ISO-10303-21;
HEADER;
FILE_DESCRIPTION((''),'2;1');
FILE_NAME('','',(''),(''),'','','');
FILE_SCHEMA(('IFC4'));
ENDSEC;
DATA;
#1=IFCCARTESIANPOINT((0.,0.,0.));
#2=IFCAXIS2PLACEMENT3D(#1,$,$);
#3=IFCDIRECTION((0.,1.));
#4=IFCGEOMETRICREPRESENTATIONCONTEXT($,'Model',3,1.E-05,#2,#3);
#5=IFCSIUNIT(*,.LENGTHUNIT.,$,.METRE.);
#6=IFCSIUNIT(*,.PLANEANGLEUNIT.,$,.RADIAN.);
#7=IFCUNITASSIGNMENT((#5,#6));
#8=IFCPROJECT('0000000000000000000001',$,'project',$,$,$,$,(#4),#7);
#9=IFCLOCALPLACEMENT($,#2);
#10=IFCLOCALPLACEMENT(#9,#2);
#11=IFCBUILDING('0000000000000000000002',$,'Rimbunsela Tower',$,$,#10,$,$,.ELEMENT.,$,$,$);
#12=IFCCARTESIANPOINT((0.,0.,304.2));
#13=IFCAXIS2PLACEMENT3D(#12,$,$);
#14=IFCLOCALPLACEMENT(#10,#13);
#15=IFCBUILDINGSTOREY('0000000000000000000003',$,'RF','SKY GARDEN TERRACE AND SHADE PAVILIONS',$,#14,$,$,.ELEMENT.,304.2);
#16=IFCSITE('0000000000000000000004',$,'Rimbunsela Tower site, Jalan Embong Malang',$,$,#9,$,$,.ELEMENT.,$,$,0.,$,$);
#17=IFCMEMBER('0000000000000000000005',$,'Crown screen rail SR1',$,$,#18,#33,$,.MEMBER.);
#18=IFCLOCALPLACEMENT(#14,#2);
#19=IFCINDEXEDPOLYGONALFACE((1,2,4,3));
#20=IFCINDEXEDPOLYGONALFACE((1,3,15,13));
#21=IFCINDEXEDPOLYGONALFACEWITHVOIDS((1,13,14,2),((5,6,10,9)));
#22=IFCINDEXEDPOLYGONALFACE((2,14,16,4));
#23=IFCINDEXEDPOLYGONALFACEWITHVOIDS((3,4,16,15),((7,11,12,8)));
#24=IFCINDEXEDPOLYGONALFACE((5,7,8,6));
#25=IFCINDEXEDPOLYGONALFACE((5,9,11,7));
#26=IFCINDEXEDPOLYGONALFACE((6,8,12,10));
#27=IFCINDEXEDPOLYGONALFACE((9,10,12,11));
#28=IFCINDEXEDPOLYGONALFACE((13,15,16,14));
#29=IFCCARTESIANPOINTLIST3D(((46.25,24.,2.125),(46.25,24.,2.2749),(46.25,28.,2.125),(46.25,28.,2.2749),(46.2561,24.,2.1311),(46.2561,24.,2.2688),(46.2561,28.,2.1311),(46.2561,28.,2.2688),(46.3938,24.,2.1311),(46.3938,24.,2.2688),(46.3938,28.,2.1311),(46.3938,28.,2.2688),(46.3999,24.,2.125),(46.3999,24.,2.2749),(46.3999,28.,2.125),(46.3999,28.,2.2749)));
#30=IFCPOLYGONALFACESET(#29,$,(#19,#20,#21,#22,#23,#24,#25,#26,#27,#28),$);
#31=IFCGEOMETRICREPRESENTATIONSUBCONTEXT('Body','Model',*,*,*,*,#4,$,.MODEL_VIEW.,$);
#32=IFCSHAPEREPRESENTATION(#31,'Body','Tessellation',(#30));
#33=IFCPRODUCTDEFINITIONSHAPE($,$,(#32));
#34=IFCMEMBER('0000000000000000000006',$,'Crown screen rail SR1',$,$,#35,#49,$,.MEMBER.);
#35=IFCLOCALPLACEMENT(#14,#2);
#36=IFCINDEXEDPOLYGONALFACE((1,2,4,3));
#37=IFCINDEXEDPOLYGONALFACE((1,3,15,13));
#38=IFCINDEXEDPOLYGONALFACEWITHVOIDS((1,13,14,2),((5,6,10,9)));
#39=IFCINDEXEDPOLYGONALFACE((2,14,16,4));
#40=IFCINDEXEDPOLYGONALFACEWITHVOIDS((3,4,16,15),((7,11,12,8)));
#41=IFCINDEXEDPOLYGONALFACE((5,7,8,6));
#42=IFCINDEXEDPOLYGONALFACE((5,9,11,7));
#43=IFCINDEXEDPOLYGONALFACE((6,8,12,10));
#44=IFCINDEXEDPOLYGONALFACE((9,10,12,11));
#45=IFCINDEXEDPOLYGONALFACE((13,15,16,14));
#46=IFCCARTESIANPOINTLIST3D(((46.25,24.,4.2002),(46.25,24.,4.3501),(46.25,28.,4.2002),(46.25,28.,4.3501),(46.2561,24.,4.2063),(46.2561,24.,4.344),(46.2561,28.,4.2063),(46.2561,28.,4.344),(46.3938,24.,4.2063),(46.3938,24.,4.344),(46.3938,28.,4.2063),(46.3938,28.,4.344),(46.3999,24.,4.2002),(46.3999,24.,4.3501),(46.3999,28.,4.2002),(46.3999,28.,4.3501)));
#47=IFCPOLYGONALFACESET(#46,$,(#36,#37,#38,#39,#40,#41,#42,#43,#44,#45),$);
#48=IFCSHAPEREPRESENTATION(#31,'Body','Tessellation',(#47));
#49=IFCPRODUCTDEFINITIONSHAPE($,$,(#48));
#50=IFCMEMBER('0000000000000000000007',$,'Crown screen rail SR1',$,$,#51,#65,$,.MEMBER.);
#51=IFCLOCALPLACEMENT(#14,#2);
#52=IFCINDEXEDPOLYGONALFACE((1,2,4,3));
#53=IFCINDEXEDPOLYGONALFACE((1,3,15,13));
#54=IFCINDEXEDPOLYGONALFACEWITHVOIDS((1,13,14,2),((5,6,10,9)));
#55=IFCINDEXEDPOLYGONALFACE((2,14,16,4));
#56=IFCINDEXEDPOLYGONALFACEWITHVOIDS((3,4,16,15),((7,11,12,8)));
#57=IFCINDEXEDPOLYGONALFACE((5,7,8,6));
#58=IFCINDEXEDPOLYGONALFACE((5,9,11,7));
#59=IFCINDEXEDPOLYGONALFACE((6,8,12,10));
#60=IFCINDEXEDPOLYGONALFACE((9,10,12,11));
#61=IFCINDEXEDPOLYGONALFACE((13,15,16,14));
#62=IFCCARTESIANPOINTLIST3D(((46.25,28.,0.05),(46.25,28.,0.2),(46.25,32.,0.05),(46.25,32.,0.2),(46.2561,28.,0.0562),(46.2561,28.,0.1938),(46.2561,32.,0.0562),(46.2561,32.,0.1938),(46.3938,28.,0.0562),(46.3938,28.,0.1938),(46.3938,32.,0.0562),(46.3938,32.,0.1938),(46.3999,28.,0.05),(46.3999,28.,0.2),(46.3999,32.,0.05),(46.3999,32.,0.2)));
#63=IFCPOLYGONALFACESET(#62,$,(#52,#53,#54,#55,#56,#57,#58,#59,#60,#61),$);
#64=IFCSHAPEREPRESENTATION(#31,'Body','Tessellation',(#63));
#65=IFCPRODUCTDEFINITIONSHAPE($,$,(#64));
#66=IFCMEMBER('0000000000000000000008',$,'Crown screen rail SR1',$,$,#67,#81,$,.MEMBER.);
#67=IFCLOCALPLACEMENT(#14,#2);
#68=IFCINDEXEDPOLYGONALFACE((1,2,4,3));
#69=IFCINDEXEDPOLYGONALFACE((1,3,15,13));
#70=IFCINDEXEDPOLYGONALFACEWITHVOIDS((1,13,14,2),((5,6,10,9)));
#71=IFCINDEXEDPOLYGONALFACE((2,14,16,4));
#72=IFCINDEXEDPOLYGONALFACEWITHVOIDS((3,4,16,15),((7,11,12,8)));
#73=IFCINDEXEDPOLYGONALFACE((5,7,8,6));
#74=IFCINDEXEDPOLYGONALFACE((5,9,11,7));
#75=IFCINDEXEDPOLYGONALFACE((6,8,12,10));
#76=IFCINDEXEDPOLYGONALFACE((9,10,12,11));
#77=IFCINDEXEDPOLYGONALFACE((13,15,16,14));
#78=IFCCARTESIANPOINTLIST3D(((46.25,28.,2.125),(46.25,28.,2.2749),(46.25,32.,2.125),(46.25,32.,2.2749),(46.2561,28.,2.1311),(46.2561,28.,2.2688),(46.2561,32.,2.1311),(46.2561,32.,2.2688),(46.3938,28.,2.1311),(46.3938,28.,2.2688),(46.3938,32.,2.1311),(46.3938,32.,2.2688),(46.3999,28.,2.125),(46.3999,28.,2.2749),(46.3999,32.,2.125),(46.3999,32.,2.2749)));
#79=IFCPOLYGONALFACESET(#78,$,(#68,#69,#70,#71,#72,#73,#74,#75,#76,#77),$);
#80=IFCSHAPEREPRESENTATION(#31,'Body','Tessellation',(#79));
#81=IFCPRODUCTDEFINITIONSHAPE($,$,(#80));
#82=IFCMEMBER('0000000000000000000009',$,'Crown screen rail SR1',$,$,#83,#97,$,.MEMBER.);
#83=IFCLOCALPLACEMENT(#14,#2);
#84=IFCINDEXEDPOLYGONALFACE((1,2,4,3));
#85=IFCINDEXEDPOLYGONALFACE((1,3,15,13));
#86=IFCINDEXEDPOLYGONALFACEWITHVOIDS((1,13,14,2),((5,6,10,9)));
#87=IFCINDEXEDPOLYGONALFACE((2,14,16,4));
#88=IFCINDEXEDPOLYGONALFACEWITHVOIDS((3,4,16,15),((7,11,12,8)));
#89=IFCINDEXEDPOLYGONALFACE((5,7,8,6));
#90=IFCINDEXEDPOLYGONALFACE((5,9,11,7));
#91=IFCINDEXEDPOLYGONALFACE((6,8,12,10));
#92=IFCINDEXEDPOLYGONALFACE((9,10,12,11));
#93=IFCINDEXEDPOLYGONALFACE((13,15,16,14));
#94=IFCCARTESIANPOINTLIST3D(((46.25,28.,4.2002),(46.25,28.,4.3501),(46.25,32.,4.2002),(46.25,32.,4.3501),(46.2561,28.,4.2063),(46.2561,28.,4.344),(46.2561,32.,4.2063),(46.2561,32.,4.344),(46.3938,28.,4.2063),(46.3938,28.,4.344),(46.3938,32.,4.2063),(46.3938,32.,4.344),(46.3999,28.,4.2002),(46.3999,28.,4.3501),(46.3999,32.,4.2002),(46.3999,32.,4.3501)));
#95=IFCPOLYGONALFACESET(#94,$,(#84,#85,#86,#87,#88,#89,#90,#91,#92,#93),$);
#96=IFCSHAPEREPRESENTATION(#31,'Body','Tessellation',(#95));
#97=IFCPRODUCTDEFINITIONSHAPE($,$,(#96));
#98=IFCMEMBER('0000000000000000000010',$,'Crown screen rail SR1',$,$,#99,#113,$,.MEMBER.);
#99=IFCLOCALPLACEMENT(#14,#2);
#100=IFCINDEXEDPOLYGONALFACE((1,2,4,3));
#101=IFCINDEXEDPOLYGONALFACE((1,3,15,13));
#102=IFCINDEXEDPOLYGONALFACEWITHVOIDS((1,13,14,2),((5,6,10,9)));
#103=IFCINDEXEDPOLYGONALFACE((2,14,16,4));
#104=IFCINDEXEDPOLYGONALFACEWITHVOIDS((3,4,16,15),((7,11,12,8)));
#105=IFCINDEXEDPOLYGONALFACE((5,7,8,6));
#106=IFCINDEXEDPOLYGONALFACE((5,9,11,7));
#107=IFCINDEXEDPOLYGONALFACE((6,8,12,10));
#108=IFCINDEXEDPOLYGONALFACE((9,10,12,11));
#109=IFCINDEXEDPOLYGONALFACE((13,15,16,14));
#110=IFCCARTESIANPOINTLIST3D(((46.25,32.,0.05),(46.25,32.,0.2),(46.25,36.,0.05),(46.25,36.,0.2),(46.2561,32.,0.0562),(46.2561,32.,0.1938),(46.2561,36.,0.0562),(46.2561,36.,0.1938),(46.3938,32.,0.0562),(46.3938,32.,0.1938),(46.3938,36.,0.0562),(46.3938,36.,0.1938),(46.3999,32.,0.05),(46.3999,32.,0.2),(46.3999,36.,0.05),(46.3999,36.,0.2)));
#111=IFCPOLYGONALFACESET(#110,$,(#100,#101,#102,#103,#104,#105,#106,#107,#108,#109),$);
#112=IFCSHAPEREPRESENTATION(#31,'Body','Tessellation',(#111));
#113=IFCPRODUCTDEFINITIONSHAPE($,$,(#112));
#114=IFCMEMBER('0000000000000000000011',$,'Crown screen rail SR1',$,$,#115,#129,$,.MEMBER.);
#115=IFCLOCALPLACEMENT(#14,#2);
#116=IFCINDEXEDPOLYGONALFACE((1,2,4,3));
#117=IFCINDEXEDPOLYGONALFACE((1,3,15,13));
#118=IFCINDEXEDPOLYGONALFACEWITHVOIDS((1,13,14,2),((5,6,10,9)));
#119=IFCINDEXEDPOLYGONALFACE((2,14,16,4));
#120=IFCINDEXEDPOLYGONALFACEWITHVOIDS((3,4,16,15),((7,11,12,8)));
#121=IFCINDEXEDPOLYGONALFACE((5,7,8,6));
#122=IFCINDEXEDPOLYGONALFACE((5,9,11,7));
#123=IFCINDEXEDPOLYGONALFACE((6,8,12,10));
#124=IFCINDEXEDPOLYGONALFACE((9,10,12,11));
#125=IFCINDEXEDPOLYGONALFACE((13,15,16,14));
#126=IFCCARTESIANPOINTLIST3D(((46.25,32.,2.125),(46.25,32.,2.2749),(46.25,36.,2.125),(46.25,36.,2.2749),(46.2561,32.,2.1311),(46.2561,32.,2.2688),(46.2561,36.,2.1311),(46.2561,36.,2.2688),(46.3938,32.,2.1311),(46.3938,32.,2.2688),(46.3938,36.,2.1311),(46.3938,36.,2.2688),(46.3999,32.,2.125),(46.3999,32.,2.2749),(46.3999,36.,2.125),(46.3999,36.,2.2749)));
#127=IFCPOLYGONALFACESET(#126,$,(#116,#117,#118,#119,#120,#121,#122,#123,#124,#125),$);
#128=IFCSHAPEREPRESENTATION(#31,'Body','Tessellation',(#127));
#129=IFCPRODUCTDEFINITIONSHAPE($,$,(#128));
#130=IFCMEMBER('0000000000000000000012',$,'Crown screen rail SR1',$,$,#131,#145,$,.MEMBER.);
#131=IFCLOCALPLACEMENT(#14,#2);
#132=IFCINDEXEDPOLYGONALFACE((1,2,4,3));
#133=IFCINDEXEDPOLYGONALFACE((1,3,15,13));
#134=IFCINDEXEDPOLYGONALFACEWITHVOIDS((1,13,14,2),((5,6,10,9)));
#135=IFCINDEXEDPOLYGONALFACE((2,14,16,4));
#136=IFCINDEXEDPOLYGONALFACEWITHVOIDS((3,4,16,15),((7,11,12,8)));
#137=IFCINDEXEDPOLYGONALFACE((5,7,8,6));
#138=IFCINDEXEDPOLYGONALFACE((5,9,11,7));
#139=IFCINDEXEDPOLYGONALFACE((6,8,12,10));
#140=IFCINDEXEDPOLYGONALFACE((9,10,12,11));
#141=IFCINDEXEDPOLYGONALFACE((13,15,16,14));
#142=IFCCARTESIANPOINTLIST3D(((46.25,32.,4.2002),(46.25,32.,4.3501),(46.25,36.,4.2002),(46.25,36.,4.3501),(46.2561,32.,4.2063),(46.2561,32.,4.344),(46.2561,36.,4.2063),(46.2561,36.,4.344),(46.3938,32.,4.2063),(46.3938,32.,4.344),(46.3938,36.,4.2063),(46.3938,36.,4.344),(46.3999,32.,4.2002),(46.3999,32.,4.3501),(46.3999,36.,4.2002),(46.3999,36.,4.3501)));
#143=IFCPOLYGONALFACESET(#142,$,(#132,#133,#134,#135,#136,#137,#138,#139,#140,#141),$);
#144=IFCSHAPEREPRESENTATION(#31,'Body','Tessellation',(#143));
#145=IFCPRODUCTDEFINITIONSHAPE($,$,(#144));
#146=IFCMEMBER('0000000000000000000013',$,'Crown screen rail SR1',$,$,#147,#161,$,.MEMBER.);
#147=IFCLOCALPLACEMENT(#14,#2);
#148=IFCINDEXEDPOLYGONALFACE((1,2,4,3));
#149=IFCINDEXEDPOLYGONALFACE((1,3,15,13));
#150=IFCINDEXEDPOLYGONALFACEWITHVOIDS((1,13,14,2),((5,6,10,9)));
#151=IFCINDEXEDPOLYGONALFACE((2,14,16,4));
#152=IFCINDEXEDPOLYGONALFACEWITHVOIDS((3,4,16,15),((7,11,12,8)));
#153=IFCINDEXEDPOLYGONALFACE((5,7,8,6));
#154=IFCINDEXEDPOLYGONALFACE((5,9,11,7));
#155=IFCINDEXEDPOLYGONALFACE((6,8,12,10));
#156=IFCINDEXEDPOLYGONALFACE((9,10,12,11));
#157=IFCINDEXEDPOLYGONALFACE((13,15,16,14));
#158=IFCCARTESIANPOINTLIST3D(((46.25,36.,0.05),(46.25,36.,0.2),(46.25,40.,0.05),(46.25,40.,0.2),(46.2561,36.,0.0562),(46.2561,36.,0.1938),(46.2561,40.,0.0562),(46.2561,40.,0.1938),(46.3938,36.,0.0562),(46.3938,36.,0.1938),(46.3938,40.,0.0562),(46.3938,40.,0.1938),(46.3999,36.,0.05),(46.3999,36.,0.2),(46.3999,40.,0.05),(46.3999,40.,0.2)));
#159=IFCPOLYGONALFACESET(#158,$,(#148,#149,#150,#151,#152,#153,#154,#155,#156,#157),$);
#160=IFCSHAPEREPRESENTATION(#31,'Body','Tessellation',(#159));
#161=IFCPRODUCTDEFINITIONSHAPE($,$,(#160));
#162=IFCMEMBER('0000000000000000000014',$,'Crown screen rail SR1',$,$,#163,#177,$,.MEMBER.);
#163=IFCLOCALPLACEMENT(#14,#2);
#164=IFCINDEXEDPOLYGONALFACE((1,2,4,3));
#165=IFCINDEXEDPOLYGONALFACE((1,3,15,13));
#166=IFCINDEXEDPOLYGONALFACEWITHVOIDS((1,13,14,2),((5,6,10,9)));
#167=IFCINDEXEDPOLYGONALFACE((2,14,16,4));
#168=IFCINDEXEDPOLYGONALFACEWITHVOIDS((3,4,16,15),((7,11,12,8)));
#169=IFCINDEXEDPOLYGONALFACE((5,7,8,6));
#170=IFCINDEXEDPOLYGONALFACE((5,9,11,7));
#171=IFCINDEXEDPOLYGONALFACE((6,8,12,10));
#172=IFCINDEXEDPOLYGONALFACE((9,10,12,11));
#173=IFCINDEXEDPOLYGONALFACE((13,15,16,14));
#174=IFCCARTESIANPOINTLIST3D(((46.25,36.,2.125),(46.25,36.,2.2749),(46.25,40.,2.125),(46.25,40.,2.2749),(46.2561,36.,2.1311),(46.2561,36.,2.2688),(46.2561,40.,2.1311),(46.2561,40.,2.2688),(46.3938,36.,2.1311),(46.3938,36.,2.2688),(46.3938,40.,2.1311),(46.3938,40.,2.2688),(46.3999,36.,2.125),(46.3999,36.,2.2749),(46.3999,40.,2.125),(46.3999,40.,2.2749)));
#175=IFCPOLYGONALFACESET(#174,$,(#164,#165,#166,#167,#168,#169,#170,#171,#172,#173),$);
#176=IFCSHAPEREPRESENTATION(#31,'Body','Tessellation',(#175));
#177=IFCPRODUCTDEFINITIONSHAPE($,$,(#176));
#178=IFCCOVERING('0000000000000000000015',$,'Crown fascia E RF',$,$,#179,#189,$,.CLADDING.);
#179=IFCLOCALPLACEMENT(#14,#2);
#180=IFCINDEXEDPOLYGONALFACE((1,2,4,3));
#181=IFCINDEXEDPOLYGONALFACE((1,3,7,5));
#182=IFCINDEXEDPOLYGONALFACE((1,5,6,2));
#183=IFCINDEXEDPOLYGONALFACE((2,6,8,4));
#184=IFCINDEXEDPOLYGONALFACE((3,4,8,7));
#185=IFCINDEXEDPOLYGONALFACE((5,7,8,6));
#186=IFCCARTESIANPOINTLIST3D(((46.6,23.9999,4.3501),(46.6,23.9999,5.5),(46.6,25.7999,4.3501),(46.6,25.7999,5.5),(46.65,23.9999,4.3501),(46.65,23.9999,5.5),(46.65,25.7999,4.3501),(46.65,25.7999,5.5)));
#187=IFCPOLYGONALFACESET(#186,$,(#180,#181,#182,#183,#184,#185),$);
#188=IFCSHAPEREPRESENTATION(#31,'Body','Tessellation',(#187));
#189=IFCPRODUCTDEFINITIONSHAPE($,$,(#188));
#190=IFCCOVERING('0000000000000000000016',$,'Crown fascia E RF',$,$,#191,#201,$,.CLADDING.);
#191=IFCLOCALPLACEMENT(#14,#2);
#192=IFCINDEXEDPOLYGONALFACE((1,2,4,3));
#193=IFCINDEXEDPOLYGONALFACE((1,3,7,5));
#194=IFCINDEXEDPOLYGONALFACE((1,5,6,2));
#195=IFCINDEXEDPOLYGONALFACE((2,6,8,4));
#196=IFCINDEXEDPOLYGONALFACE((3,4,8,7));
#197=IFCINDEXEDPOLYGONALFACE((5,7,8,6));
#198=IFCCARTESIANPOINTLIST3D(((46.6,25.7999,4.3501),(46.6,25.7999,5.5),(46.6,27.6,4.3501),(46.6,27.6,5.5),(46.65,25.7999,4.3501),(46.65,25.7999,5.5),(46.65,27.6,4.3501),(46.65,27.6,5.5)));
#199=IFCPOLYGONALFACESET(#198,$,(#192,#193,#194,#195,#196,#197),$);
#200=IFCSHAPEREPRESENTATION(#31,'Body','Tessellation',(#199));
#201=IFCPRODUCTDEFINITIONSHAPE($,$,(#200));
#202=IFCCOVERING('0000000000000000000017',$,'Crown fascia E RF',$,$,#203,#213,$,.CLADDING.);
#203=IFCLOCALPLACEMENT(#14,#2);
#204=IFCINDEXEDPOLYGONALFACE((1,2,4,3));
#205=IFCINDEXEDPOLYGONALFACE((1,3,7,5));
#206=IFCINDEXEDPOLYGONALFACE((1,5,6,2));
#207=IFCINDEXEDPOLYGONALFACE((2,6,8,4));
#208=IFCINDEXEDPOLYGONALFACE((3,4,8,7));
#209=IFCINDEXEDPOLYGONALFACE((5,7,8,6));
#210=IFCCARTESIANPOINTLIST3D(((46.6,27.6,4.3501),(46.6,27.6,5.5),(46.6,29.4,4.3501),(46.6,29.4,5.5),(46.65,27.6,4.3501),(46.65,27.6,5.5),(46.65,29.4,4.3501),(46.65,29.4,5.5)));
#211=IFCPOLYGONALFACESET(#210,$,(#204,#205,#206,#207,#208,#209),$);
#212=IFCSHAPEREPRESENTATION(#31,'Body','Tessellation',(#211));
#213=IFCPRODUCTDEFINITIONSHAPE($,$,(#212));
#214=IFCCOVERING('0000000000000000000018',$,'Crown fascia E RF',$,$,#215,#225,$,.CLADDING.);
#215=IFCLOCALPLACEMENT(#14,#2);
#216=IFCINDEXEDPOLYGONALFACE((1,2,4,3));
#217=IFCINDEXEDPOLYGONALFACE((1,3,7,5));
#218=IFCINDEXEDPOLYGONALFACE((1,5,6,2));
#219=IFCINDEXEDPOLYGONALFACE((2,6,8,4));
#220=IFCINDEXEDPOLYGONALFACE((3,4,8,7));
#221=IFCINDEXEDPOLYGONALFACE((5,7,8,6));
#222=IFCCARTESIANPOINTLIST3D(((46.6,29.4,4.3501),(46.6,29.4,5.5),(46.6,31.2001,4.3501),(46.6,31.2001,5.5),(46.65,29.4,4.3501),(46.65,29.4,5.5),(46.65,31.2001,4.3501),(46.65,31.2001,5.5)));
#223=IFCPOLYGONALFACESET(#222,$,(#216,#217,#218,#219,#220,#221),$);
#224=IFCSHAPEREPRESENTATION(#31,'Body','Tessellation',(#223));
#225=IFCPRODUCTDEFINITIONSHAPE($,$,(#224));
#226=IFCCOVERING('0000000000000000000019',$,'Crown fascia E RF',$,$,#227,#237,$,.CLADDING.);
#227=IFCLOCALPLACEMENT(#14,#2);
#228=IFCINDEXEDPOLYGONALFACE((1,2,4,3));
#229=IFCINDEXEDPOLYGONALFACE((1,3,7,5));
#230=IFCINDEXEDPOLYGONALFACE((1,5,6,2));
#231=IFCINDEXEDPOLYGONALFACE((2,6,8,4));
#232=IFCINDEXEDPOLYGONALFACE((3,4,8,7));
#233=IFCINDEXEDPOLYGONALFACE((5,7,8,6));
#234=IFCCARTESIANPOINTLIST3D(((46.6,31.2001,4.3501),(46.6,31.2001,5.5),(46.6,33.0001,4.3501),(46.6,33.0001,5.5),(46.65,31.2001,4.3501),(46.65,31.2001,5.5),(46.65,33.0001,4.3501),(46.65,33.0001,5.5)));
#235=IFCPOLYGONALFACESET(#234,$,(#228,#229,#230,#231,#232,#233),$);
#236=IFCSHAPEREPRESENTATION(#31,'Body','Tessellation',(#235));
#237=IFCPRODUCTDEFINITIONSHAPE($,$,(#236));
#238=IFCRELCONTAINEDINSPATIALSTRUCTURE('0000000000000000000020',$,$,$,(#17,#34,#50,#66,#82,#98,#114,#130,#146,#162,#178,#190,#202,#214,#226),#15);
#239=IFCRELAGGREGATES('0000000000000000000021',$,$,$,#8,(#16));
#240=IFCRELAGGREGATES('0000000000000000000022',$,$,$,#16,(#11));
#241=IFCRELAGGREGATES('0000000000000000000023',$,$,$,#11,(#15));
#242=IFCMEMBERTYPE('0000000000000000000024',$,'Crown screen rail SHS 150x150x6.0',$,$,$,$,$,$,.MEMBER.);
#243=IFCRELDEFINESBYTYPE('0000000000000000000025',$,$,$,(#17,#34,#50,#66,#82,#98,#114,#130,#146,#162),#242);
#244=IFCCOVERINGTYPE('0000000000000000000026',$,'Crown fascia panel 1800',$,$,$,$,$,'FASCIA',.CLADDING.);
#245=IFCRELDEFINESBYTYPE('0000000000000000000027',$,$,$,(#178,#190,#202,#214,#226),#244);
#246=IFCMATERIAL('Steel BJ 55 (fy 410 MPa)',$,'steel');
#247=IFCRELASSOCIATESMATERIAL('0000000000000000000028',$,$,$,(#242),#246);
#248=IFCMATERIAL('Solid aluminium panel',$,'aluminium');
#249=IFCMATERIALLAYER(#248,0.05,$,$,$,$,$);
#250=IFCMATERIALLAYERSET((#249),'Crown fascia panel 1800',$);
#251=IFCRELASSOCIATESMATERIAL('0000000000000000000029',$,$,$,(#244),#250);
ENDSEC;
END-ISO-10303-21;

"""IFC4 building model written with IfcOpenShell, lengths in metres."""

from ifc_helpers import new_model, si_unit, direction, frame, origin, origin_2d, place, context, subcontext, project, spatial, rectangle, hollow_rectangle, extrude, material, layer, layer_set, material_profile, profile_set, type_object, element, save


model = new_model("IFC4")

# Units and contexts
model_context = context("Model", 3, precision=1e-05, world=origin(), true_north=direction((0.0, 1.0)))
body_context = subcontext(model_context, "Body", "Model", "MODEL_VIEW")
ifc_project = project(units=[si_unit("LENGTHUNIT", "METRE"), si_unit("PLANEANGLEUNIT", "RADIAN")], contexts=[model_context])

# Site, building, storey
site_placement = place(None, origin())
site = spatial("IfcSite", under=ifc_project, at=site_placement, Name="Rimbunsela Tower site, Jalan Embong Malang", CompositionType="ELEMENT", RefElevation=0.0)
building_placement = place(site_placement, origin())
building = spatial("IfcBuilding", under=site, at=building_placement, Name="Rimbunsela Tower", CompositionType="ELEMENT")
storey_placement = place(building_placement, frame((0.0, 0.0, 304.2)))
storey = spatial("IfcBuildingStorey", under=building, at=storey_placement, Name="RF", Description="SKY GARDEN TERRACE AND SHADE PAVILIONS", CompositionType="ELEMENT", Elevation=304.2)

# Members
ifc_material_1 = material(Name="Steel BJ 55 (fy 410 MPa)", Category="steel")
ifc_material_profile_1 = material_profile(ifc_material_1, hollow_rectangle(XDim=0.1499, YDim=0.1499, WallThickness=0.0061, at=origin_2d()), Name="SHS 150x150x6.0")
ifc_profile_set_1 = profile_set([ifc_material_profile_1], Name="Steel BJ 55 (fy 410 MPa)")
member_type = type_object("IfcMemberType", Name="Crown screen rail SHS 150x150x6.0", PredefinedType="MEMBER", material=ifc_profile_set_1)
for number, where, z_axis, x_axis, name in (
    (1, (46.325, 24.0, 2.2), (0.0, 1.0, 0.0), (-1.0, 0.0, 0.0), "Crown screen rail SR1"),
    (2, (46.325, 24.0, 4.2751), (0.0, 1.0, 0.0), (-1.0, 0.0, 0.0), "Crown screen rail SR1"),
    (3, (46.325, 28.0, 0.125), (0.0, 1.0, 0.0), (-1.0, 0.0, 0.0), "Crown screen rail SR1"),
    (4, (46.325, 28.0, 2.2), (0.0, 1.0, 0.0), (-1.0, 0.0, 0.0), "Crown screen rail SR1"),
    (5, (46.325, 28.0, 4.2751), (0.0, 1.0, 0.0), (-1.0, 0.0, 0.0), "Crown screen rail SR1"),
    (6, (46.325, 32.0, 0.125), (0.0, 1.0, 0.0), (-1.0, 0.0, 0.0), "Crown screen rail SR1"),
    (7, (46.325, 32.0, 2.2), (0.0, 1.0, 0.0), (-1.0, 0.0, 0.0), "Crown screen rail SR1"),
    (8, (46.325, 32.0, 4.2751), (0.0, 1.0, 0.0), (-1.0, 0.0, 0.0), "Crown screen rail SR1"),
    (9, (46.325, 36.0, 0.125), (0.0, 1.0, 0.0), (-1.0, 0.0, 0.0), "Crown screen rail SR1"),
    (10, (46.325, 36.0, 2.2), (0.0, 1.0, 0.0), (-1.0, 0.0, 0.0), "Crown screen rail SR1"),
):
    element("IfcMember", number, at=place(storey_placement, frame(where, z_axis=z_axis, x_axis=x_axis)), inside=storey, type_object=member_type, Name=name, PredefinedType="MEMBER", context=body_context, shape_type="SweptSolid", body=[
        extrude(hollow_rectangle(XDim=0.1499, YDim=0.1499, WallThickness=0.0061, at=origin_2d()), origin(), (0.0, 0.0, 1.0), 4.0),
    ])

# Coverings
ifc_material_2 = material(Name="Solid aluminium panel", Category="aluminium")
ifc_layer_1 = layer(ifc_material_2, 0.05)
ifc_layer_set_1 = layer_set([ifc_layer_1], Name="Crown fascia panel 1800")
covering_type = type_object("IfcCoveringType", Name="Crown fascia panel 1800", ElementType="FASCIA", PredefinedType="CLADDING", material=ifc_layer_set_1)
for number, where, z_axis, x_axis, name in (
    (11, (46.625, 24.8999, 4.3501), (0.0, 0.0, 1.0), (0.0, 1.0, 0.0), "Crown fascia E RF"),
    (12, (46.625, 26.7, 4.3501), (0.0, 0.0, 1.0), (0.0, 1.0, 0.0), "Crown fascia E RF"),
    (13, (46.625, 28.5, 4.3501), (0.0, 0.0, 1.0), (0.0, 1.0, 0.0), "Crown fascia E RF"),
    (14, (46.625, 30.3, 4.3501), (0.0, 0.0, 1.0), (0.0, 1.0, 0.0), "Crown fascia E RF"),
    (15, (46.625, 32.1001, 4.3501), (0.0, 0.0, 1.0), (0.0, 1.0, 0.0), "Crown fascia E RF"),
):
    element("IfcCovering", number, at=place(storey_placement, frame(where, z_axis=z_axis, x_axis=x_axis)), inside=storey, type_object=covering_type, Name=name, PredefinedType="CLADDING", context=body_context, shape_type="SweptSolid", body=[
        extrude(rectangle(XDim=1.8, YDim=0.05, at=origin_2d()), origin(), (0.0, 0.0, 1.0), 1.1499),
    ])

save(model, "model.ifc")
